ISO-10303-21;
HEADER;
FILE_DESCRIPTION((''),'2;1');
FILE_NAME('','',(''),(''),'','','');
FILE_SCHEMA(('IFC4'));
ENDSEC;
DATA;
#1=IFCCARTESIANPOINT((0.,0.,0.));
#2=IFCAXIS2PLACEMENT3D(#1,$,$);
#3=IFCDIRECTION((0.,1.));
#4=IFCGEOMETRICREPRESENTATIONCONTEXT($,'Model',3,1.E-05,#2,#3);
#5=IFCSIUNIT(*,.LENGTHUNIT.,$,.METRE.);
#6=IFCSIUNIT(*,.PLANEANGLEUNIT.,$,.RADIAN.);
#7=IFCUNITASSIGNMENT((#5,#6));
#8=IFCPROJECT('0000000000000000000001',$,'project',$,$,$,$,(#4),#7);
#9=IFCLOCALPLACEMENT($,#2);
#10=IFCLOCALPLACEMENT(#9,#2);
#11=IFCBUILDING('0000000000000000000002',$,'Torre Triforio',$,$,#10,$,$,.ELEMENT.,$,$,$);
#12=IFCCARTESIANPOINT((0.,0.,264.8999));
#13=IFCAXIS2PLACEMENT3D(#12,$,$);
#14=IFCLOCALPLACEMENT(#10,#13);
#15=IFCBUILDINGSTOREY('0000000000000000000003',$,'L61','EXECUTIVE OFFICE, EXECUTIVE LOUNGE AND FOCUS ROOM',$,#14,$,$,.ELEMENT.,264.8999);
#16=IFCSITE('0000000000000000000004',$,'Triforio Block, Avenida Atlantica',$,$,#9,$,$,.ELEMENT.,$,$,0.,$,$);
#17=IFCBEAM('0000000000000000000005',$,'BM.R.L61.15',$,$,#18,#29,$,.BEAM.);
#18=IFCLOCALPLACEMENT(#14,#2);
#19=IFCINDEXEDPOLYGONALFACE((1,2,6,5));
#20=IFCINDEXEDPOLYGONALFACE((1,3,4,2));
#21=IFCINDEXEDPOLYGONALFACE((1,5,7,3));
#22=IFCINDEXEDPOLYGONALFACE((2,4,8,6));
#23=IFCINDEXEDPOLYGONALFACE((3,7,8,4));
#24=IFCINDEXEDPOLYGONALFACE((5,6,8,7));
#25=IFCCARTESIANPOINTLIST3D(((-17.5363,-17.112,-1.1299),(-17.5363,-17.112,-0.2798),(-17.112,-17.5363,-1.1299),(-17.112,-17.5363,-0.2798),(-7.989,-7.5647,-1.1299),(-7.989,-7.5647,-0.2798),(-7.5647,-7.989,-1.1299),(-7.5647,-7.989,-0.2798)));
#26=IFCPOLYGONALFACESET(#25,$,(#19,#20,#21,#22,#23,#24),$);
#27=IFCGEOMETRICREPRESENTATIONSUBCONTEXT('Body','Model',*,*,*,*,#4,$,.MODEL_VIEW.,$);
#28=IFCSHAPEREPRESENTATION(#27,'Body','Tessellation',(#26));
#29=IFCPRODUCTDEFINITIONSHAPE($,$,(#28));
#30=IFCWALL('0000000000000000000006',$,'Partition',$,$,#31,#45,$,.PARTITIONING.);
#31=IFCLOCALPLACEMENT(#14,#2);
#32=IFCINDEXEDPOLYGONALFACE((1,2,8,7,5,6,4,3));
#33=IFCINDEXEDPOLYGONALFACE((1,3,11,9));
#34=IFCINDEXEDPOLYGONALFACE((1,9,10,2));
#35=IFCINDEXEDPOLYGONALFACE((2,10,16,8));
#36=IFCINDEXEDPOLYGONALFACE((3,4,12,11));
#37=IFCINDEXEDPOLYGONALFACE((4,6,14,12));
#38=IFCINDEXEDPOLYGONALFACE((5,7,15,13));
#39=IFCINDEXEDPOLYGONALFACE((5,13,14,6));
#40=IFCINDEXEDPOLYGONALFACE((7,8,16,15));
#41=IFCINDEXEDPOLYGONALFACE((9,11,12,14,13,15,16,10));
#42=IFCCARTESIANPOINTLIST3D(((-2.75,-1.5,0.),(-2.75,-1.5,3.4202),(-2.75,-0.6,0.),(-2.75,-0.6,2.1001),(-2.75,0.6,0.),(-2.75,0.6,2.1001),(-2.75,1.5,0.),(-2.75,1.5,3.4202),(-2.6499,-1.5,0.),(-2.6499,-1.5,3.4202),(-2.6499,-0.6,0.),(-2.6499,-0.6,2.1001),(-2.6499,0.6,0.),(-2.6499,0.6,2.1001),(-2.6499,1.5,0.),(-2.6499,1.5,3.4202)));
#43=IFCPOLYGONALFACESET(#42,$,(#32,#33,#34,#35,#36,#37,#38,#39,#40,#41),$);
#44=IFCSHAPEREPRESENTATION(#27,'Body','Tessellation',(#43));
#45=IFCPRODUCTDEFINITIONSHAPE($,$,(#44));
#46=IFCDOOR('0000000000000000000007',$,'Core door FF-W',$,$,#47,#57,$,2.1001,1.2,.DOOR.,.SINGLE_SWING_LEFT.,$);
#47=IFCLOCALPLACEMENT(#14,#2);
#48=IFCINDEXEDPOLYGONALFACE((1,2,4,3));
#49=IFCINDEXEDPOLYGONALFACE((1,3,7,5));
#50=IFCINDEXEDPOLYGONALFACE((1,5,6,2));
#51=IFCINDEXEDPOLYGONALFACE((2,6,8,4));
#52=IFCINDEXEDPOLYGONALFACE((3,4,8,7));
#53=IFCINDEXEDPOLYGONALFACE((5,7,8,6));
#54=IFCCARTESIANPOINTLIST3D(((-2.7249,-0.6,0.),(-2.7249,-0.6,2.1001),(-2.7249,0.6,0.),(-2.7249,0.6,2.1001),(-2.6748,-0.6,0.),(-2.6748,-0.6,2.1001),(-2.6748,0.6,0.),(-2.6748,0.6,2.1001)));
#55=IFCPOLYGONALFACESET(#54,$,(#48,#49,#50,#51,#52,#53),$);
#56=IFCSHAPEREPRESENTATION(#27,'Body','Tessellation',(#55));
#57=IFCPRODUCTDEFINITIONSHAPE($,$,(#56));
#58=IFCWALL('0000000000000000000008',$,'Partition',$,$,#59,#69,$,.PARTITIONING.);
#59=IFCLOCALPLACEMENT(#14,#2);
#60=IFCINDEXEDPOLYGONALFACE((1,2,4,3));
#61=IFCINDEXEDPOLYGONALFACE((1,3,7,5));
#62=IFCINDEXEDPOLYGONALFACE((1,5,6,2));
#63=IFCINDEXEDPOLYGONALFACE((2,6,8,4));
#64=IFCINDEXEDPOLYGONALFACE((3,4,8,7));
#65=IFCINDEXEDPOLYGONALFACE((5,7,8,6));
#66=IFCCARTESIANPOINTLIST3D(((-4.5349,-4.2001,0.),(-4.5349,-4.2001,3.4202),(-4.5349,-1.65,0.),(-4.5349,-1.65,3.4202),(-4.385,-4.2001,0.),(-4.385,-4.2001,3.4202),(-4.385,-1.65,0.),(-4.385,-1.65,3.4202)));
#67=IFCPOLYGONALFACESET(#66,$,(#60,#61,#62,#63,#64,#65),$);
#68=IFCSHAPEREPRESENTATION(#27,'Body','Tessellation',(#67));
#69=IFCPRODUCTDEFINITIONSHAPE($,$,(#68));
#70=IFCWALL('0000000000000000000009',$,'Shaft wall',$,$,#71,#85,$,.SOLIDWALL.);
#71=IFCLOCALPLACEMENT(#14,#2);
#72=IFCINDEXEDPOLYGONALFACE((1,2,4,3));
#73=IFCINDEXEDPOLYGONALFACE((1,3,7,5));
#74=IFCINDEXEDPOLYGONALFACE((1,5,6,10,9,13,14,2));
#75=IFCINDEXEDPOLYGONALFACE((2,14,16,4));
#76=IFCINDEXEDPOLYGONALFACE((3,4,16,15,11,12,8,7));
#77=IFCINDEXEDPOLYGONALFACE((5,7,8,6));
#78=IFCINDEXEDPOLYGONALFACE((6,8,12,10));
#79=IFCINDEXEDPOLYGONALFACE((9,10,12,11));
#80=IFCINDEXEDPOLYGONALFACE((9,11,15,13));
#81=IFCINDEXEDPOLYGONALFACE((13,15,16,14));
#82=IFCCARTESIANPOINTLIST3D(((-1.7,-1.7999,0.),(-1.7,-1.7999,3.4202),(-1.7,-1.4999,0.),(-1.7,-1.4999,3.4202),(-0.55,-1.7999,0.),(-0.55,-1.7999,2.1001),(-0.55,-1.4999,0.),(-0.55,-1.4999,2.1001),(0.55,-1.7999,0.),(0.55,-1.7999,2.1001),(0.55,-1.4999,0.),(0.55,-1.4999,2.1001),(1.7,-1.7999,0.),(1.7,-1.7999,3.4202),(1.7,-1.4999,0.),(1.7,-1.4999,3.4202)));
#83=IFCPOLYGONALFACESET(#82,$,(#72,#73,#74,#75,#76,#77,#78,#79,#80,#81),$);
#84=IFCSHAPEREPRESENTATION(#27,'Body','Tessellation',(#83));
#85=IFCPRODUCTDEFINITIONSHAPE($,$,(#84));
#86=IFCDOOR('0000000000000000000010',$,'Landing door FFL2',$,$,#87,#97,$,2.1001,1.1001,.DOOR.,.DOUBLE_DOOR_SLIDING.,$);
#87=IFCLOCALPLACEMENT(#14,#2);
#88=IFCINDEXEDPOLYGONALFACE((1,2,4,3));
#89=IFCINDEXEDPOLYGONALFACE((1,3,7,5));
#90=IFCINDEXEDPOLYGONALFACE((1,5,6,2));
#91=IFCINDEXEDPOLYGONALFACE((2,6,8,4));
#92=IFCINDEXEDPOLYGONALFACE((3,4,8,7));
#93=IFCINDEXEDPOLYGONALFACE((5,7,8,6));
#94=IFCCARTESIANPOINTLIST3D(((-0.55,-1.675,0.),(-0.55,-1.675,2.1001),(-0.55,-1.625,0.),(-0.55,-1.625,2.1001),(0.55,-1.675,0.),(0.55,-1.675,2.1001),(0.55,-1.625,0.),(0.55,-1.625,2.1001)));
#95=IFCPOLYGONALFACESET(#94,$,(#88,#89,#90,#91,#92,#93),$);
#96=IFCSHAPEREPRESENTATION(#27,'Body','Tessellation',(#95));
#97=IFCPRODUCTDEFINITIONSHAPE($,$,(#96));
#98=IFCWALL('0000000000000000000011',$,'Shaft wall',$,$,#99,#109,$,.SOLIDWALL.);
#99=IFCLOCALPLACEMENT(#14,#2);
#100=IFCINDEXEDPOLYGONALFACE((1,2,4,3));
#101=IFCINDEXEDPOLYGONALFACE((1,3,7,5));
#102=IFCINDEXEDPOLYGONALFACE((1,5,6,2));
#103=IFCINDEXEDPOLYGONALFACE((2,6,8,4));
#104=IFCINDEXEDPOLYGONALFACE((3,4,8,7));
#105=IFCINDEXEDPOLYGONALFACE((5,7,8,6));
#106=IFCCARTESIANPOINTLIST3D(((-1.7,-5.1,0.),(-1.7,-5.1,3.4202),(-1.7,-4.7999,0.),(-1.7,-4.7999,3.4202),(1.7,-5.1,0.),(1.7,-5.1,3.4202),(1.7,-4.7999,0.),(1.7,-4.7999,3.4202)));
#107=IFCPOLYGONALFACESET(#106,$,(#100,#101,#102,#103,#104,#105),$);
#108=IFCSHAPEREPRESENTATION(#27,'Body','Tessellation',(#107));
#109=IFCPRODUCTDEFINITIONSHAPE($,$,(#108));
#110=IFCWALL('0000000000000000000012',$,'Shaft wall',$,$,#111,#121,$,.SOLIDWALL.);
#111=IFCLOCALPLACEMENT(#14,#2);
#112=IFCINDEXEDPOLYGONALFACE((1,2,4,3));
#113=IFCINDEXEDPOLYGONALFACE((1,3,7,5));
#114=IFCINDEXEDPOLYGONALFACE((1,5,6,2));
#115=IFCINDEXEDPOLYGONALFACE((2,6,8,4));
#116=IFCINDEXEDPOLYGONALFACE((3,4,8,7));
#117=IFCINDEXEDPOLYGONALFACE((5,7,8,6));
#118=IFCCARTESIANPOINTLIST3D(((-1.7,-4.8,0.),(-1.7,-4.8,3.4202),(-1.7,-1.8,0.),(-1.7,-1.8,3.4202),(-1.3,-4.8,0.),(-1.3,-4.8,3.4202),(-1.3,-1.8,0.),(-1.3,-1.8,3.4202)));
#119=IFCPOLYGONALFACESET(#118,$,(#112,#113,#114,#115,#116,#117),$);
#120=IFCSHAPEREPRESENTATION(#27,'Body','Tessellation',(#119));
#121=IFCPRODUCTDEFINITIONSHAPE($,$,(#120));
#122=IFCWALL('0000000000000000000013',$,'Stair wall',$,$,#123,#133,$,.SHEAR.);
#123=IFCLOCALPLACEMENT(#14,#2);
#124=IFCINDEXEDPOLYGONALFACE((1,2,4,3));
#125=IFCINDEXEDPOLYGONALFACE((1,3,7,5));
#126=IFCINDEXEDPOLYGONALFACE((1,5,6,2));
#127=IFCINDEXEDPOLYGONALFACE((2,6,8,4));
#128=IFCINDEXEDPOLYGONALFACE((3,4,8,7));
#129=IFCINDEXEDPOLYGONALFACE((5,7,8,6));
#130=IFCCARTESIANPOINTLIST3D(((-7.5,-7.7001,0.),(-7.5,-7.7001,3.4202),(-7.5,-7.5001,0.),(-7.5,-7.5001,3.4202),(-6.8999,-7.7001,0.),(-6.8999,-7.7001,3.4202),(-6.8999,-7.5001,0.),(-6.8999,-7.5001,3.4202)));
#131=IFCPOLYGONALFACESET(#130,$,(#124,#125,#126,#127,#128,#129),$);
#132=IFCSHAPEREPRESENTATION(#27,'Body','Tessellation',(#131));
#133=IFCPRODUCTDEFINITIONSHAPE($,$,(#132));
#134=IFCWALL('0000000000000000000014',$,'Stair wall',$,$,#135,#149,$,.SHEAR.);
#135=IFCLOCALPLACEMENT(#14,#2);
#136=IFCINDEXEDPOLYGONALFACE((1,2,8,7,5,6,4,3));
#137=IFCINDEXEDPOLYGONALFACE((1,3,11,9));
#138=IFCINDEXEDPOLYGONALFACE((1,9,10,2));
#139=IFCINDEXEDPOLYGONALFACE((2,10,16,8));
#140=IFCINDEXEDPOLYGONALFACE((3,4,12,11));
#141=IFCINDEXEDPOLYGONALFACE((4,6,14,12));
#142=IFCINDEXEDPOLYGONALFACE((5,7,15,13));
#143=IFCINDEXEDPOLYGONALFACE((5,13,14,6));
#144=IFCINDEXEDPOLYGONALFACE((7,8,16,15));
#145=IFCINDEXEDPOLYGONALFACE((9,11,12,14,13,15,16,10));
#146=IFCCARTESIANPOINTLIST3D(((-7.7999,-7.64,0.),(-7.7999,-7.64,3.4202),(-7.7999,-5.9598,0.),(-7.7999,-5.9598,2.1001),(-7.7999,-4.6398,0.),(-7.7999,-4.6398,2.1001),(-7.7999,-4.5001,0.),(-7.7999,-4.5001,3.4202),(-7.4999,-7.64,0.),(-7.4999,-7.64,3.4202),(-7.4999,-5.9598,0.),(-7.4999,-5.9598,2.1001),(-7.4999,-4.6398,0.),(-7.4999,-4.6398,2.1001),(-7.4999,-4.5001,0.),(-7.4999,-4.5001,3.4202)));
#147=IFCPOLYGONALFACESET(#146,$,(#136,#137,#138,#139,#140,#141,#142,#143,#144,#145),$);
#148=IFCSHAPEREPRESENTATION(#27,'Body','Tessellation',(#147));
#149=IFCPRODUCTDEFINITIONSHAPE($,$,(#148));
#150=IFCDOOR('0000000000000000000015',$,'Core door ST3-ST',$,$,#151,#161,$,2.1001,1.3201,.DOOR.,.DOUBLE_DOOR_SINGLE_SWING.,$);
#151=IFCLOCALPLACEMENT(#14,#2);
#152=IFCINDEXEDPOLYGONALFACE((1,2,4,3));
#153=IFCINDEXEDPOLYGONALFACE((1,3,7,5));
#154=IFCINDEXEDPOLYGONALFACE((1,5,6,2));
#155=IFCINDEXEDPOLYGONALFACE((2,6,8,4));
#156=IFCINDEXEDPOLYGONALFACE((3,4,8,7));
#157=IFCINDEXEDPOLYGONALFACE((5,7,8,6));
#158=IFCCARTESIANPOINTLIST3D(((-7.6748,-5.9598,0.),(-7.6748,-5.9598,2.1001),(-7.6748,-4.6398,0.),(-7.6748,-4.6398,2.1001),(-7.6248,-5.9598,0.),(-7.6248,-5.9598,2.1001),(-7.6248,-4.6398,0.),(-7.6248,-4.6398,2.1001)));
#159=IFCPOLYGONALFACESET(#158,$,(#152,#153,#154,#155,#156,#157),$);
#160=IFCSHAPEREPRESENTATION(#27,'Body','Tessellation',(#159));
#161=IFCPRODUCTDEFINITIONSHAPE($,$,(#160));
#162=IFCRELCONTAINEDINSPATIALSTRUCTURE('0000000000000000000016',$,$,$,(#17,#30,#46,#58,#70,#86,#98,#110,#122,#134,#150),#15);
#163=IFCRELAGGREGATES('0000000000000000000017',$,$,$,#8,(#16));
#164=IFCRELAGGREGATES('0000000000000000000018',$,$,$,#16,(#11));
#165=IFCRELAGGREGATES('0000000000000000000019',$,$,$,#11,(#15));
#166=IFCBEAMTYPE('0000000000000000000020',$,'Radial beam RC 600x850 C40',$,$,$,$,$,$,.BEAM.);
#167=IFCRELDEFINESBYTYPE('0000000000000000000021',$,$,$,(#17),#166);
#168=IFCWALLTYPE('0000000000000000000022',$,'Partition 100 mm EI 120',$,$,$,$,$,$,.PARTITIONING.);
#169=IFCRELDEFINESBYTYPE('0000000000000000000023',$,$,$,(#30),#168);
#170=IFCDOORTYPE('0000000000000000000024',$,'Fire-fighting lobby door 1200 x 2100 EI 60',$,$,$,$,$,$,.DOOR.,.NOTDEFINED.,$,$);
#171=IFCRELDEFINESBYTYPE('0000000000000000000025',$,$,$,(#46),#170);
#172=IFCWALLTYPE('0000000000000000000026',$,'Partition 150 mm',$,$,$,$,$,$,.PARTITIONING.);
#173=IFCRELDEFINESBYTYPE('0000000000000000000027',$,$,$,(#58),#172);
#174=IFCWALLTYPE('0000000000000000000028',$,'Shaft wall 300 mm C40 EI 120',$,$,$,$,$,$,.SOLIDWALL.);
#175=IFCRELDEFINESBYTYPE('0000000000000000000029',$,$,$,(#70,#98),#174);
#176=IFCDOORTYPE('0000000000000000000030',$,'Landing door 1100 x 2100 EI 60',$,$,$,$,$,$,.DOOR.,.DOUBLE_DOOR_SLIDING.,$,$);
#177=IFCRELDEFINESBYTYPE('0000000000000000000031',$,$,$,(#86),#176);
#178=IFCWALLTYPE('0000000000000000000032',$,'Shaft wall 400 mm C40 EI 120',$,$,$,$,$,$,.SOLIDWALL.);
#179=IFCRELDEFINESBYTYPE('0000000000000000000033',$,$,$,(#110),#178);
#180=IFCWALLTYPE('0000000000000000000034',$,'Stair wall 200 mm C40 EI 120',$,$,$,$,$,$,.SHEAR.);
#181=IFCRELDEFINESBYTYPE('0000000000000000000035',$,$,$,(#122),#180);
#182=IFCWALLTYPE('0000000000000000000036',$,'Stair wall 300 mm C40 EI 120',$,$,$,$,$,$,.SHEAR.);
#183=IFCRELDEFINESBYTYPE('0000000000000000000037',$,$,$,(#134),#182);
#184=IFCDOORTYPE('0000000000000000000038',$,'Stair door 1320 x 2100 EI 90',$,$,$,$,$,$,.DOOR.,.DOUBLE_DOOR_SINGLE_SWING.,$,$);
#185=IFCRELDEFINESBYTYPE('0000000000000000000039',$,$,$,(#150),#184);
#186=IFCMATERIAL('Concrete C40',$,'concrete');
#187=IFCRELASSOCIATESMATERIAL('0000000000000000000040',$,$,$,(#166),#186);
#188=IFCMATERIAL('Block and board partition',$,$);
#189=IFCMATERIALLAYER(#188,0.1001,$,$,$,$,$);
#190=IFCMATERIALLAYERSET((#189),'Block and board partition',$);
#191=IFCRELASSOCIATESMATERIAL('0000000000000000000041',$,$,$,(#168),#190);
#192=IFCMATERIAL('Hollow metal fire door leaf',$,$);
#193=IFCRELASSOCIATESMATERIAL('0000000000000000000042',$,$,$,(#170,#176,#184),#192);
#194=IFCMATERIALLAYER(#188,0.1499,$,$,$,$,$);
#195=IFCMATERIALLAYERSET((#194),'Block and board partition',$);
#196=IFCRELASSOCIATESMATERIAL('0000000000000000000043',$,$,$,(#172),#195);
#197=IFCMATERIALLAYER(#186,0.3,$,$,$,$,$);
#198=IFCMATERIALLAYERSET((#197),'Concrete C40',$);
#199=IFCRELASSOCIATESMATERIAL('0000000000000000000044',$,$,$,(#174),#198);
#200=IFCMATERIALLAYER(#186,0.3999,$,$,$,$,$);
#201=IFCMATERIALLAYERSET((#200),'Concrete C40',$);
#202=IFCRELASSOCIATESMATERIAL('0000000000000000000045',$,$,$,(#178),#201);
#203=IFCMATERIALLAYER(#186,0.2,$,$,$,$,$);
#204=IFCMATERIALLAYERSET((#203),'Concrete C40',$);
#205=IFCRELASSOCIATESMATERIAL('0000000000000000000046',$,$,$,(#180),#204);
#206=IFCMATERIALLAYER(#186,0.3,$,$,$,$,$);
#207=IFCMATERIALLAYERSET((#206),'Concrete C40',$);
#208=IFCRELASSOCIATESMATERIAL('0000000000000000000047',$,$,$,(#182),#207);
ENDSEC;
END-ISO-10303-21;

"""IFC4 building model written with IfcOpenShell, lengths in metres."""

from ifc_helpers import new_model, si_unit, direction, frame, frame_2d, origin, origin_2d, place, context, subcontext, project, spatial, rectangle, extrude, material, layer, layer_set, material_profile, profile_set, type_object, element, fill, save


model = new_model("IFC4")

# Units and contexts
model_context = context("Model", 3, precision=1e-05, world=origin(), true_north=direction((0.0, 1.0)))
body_context = subcontext(model_context, "Body", "Model", "MODEL_VIEW")
ifc_project = project(units=[si_unit("LENGTHUNIT", "METRE"), si_unit("PLANEANGLEUNIT", "RADIAN")], contexts=[model_context])

# Site, building, storey
site_placement = place(None, origin())
site = spatial("IfcSite", under=ifc_project, at=site_placement, Name="Triforio Block, Avenida Atlantica", CompositionType="ELEMENT", RefElevation=0.0)
building_placement = place(site_placement, origin())
building = spatial("IfcBuilding", under=site, at=building_placement, Name="Torre Triforio", CompositionType="ELEMENT")
storey_placement = place(building_placement, frame((0.0, 0.0, 264.8999)))
storey = spatial("IfcBuildingStorey", under=building, at=storey_placement, Name="L61", Description="EXECUTIVE OFFICE, EXECUTIVE LOUNGE AND FOCUS ROOM", CompositionType="ELEMENT", Elevation=264.8999)

# Beam
ifc_material_1 = material(Name="Concrete C40", Category="concrete")
ifc_material_profile = material_profile(ifc_material_1, rectangle(XDim=0.6001, YDim=0.8501, at=origin_2d()), Name="RC 600x850")
ifc_profile_set = profile_set([ifc_material_profile], Name="Concrete C40")
beam_type = type_object("IfcBeamType", Name="Radial beam RC 600x850 C40", PredefinedType="BEAM", material=ifc_profile_set)
beam_placement = place(storey_placement, frame((-7.7769, -7.7769, -0.7048), z_axis=(-0.707107, -0.707107, 0.0), x_axis=(0.707107, -0.707107, 0.0)))
element("IfcBeam", 1, at=beam_placement, inside=storey, type_object=beam_type, Name="BM.R.L61.15", PredefinedType="BEAM", context=body_context, shape_type="SweptSolid", body=[
    extrude(rectangle(XDim=0.6001, YDim=0.8501, at=origin_2d()), origin(), (0.0, 0.0, 1.0), 13.502),
])

# Wall, opening, door
ifc_material_2 = material(Name="Block and board partition")
ifc_layer_1 = layer(ifc_material_2, 0.1001)
ifc_layer_set_1 = layer_set([ifc_layer_1], Name="Block and board partition")
wall_type_1 = type_object("IfcWallType", Name="Partition 100 mm EI 120", PredefinedType="PARTITIONING", material=ifc_layer_set_1)
wall_1_placement = place(storey_placement, frame((-2.7, -1.5, 0.0), z_axis=(0.0, 0.0, 1.0), x_axis=(0.0, 1.0, 0.0)))
wall_1 = element("IfcWall", 2, at=wall_1_placement, inside=storey, type_object=wall_type_1, Name="Partition", PredefinedType="PARTITIONING", context=body_context, shape_type="SweptSolid", body=[
    extrude(rectangle(XDim=3.0, YDim=0.1001, at=frame_2d((1.5, 0.0))), origin(), (0.0, 0.0, 1.0), 3.4202),
])
opening_1_placement = place(wall_1_placement, frame((0.8999, 0.0, 0.0)))
opening_1 = element("IfcOpeningElement", 3, at=opening_1_placement, cuts=wall_1, PredefinedType="OPENING", context=body_context, shape_type="SweptSolid", body=[
    extrude(rectangle(XDim=1.2, YDim=2.1001, at=frame_2d((0.6001, 1.05))), frame((0.0, 0.0601, 0.0), z_axis=(0.0, -1.0, 0.0), x_axis=(1.0, 0.0, 0.0)), (0.0, 0.0, 1.0), 0.1201),
])
ifc_material_3 = material(Name="Hollow metal fire door leaf")
door_type_1 = type_object("IfcDoorType", Name="Fire-fighting lobby door 1200 x 2100 EI 60", OperationType="NOTDEFINED", PredefinedType="DOOR", material=ifc_material_3)
door_1_placement = place(opening_1_placement, origin())
door_1 = element("IfcDoor", 4, at=door_1_placement, inside=storey, type_object=door_type_1, Name="Core door FF-W", OperationType="SINGLE_SWING_LEFT", OverallHeight=2.1001, OverallWidth=1.2, PredefinedType="DOOR", context=body_context, shape_type="SweptSolid", body=[
    extrude(rectangle(XDim=1.2, YDim=2.1001, at=frame_2d((0.6001, 1.05))), frame((0.0, 0.0249, 0.0), z_axis=(0.0, -1.0, 0.0), x_axis=(1.0, 0.0, 0.0)), (0.0, 0.0, 1.0), 0.05),
])
fill(opening_1, door_1)

# Wall
ifc_layer_2 = layer(ifc_material_2, 0.1499)
ifc_layer_set_2 = layer_set([ifc_layer_2], Name="Block and board partition")
wall_type_2 = type_object("IfcWallType", Name="Partition 150 mm", PredefinedType="PARTITIONING", material=ifc_layer_set_2)
wall_2_placement = place(storey_placement, frame((-4.46, -4.2, 0.0), z_axis=(0.0, 0.0, 1.0), x_axis=(0.0, 1.0, 0.0)))
element("IfcWall", 5, at=wall_2_placement, inside=storey, type_object=wall_type_2, Name="Partition", PredefinedType="PARTITIONING", context=body_context, shape_type="SweptSolid", body=[
    extrude(rectangle(XDim=2.55, YDim=0.1499, at=frame_2d((1.2749, 0.0))), origin(), (0.0, 0.0, 1.0), 3.4202),
])

# Wall, opening, door
ifc_layer_3 = layer(ifc_material_1, 0.3)
ifc_layer_set_3 = layer_set([ifc_layer_3], Name="Concrete C40")
wall_type_3 = type_object("IfcWallType", Name="Shaft wall 300 mm C40 EI 120", PredefinedType="SOLIDWALL", material=ifc_layer_set_3)
wall_3_placement = place(storey_placement, frame((-1.7, -1.6499, 0.0), z_axis=(0.0, 0.0, 1.0), x_axis=(1.0, 0.0, 0.0)))
wall_3 = element("IfcWall", 6, at=wall_3_placement, inside=storey, type_object=wall_type_3, Name="Shaft wall", PredefinedType="SOLIDWALL", context=body_context, shape_type="SweptSolid", body=[
    extrude(rectangle(XDim=3.3999, YDim=0.3, at=frame_2d((1.7, 0.0))), origin(), (0.0, 0.0, 1.0), 3.4202),
])
opening_2_placement = place(wall_3_placement, frame((1.1499, 0.0, 0.0)))
opening_2 = element("IfcOpeningElement", 7, at=opening_2_placement, cuts=wall_3, PredefinedType="OPENING", context=body_context, shape_type="SweptSolid", body=[
    extrude(rectangle(XDim=1.1001, YDim=2.1001, at=frame_2d((0.55, 1.05))), frame((0.0, 0.1599, 0.0), z_axis=(0.0, -1.0, 0.0), x_axis=(1.0, 0.0, 0.0)), (0.0, 0.0, 1.0), 0.3201),
])
door_type_2 = type_object("IfcDoorType", Name="Landing door 1100 x 2100 EI 60", OperationType="DOUBLE_DOOR_SLIDING", PredefinedType="DOOR", material=ifc_material_3)
door_2_placement = place(opening_2_placement, origin())
door_2 = element("IfcDoor", 8, at=door_2_placement, inside=storey, type_object=door_type_2, Name="Landing door FFL2", OperationType="DOUBLE_DOOR_SLIDING", OverallHeight=2.1001, OverallWidth=1.1001, PredefinedType="DOOR", context=body_context, shape_type="SweptSolid", body=[
    extrude(rectangle(XDim=1.1001, YDim=2.1001, at=frame_2d((0.55, 1.05))), frame((0.0, 0.0249, 0.0), z_axis=(0.0, -1.0, 0.0), x_axis=(1.0, 0.0, 0.0)), (0.0, 0.0, 1.0), 0.05),
])
fill(opening_2, door_2)

# Walls
wall_4_placement = place(storey_placement, frame((-1.7, -4.95, 0.0), z_axis=(0.0, 0.0, 1.0), x_axis=(1.0, 0.0, 0.0)))
element("IfcWall", 9, at=wall_4_placement, inside=storey, type_object=wall_type_3, Name="Shaft wall", PredefinedType="SOLIDWALL", context=body_context, shape_type="SweptSolid", body=[
    extrude(rectangle(XDim=3.3999, YDim=0.3, at=frame_2d((1.7, 0.0))), origin(), (0.0, 0.0, 1.0), 3.4202),
])
ifc_layer_4 = layer(ifc_material_1, 0.3999)
ifc_layer_set_4 = layer_set([ifc_layer_4], Name="Concrete C40")
wall_type_4 = type_object("IfcWallType", Name="Shaft wall 400 mm C40 EI 120", PredefinedType="SOLIDWALL", material=ifc_layer_set_4)
wall_5_placement = place(storey_placement, frame((-1.5, -4.8, 0.0), z_axis=(0.0, 0.0, 1.0), x_axis=(0.0, 1.0, 0.0)))
element("IfcWall", 10, at=wall_5_placement, inside=storey, type_object=wall_type_4, Name="Shaft wall", PredefinedType="SOLIDWALL", context=body_context, shape_type="SweptSolid", body=[
    extrude(rectangle(XDim=3.0, YDim=0.3999, at=frame_2d((1.5, 0.0))), origin(), (0.0, 0.0, 1.0), 3.4202),
])
ifc_layer_5 = layer(ifc_material_1, 0.2)
ifc_layer_set_5 = layer_set([ifc_layer_5], Name="Concrete C40")
wall_type_5 = type_object("IfcWallType", Name="Stair wall 200 mm C40 EI 120", PredefinedType="SHEAR", material=ifc_layer_set_5)
wall_6_placement = place(storey_placement, frame((-7.5, -7.6001, 0.0), z_axis=(0.0, 0.0, 1.0), x_axis=(1.0, 0.0, 0.0)))
element("IfcWall", 11, at=wall_6_placement, inside=storey, type_object=wall_type_5, Name="Stair wall", PredefinedType="SHEAR", context=body_context, shape_type="SweptSolid", body=[
    extrude(rectangle(XDim=0.6001, YDim=0.2, at=frame_2d((0.3, 0.0))), origin(), (0.0, 0.0, 1.0), 3.4202),
])

# Wall, opening, door
ifc_layer_6 = layer(ifc_material_1, 0.3)
ifc_layer_set_6 = layer_set([ifc_layer_6], Name="Concrete C40")
wall_type_6 = type_object("IfcWallType", Name="Stair wall 300 mm C40 EI 120", PredefinedType="SHEAR", material=ifc_layer_set_6)
wall_7_placement = place(storey_placement, frame((-7.6499, -7.6399, 0.0), z_axis=(0.0, 0.0, 1.0), x_axis=(0.0, 1.0, 0.0)))
wall_7 = element("IfcWall", 12, at=wall_7_placement, inside=storey, type_object=wall_type_6, Name="Stair wall", PredefinedType="SHEAR", context=body_context, shape_type="SweptSolid", body=[
    extrude(rectangle(XDim=3.1399, YDim=0.3, at=frame_2d((1.5698, 0.0))), origin(), (0.0, 0.0, 1.0), 3.4202),
])
opening_3_placement = place(wall_7_placement, frame((1.6799, 0.0, 0.0)))
opening_3 = element("IfcOpeningElement", 13, at=opening_3_placement, cuts=wall_7, PredefinedType="OPENING", context=body_context, shape_type="SweptSolid", body=[
    extrude(rectangle(XDim=1.3201, YDim=2.1001, at=frame_2d((0.6602, 1.05))), frame((0.0, 0.1599, 0.0), z_axis=(0.0, -1.0, 0.0), x_axis=(1.0, 0.0, 0.0)), (0.0, 0.0, 1.0), 0.3201),
])
door_type_3 = type_object("IfcDoorType", Name="Stair door 1320 x 2100 EI 90", OperationType="DOUBLE_DOOR_SINGLE_SWING", PredefinedType="DOOR", material=ifc_material_3)
door_3_placement = place(opening_3_placement, origin())
door_3 = element("IfcDoor", 14, at=door_3_placement, inside=storey, type_object=door_type_3, Name="Core door ST3-ST", OperationType="DOUBLE_DOOR_SINGLE_SWING", OverallHeight=2.1001, OverallWidth=1.3201, PredefinedType="DOOR", context=body_context, shape_type="SweptSolid", body=[
    extrude(rectangle(XDim=1.3201, YDim=2.1001, at=frame_2d((0.6602, 1.05))), frame((0.0, 0.0249, 0.0), z_axis=(0.0, -1.0, 0.0), x_axis=(1.0, 0.0, 0.0)), (0.0, 0.0, 1.0), 0.05),
])
fill(opening_3, door_3)

save(model, "model.ifc")
